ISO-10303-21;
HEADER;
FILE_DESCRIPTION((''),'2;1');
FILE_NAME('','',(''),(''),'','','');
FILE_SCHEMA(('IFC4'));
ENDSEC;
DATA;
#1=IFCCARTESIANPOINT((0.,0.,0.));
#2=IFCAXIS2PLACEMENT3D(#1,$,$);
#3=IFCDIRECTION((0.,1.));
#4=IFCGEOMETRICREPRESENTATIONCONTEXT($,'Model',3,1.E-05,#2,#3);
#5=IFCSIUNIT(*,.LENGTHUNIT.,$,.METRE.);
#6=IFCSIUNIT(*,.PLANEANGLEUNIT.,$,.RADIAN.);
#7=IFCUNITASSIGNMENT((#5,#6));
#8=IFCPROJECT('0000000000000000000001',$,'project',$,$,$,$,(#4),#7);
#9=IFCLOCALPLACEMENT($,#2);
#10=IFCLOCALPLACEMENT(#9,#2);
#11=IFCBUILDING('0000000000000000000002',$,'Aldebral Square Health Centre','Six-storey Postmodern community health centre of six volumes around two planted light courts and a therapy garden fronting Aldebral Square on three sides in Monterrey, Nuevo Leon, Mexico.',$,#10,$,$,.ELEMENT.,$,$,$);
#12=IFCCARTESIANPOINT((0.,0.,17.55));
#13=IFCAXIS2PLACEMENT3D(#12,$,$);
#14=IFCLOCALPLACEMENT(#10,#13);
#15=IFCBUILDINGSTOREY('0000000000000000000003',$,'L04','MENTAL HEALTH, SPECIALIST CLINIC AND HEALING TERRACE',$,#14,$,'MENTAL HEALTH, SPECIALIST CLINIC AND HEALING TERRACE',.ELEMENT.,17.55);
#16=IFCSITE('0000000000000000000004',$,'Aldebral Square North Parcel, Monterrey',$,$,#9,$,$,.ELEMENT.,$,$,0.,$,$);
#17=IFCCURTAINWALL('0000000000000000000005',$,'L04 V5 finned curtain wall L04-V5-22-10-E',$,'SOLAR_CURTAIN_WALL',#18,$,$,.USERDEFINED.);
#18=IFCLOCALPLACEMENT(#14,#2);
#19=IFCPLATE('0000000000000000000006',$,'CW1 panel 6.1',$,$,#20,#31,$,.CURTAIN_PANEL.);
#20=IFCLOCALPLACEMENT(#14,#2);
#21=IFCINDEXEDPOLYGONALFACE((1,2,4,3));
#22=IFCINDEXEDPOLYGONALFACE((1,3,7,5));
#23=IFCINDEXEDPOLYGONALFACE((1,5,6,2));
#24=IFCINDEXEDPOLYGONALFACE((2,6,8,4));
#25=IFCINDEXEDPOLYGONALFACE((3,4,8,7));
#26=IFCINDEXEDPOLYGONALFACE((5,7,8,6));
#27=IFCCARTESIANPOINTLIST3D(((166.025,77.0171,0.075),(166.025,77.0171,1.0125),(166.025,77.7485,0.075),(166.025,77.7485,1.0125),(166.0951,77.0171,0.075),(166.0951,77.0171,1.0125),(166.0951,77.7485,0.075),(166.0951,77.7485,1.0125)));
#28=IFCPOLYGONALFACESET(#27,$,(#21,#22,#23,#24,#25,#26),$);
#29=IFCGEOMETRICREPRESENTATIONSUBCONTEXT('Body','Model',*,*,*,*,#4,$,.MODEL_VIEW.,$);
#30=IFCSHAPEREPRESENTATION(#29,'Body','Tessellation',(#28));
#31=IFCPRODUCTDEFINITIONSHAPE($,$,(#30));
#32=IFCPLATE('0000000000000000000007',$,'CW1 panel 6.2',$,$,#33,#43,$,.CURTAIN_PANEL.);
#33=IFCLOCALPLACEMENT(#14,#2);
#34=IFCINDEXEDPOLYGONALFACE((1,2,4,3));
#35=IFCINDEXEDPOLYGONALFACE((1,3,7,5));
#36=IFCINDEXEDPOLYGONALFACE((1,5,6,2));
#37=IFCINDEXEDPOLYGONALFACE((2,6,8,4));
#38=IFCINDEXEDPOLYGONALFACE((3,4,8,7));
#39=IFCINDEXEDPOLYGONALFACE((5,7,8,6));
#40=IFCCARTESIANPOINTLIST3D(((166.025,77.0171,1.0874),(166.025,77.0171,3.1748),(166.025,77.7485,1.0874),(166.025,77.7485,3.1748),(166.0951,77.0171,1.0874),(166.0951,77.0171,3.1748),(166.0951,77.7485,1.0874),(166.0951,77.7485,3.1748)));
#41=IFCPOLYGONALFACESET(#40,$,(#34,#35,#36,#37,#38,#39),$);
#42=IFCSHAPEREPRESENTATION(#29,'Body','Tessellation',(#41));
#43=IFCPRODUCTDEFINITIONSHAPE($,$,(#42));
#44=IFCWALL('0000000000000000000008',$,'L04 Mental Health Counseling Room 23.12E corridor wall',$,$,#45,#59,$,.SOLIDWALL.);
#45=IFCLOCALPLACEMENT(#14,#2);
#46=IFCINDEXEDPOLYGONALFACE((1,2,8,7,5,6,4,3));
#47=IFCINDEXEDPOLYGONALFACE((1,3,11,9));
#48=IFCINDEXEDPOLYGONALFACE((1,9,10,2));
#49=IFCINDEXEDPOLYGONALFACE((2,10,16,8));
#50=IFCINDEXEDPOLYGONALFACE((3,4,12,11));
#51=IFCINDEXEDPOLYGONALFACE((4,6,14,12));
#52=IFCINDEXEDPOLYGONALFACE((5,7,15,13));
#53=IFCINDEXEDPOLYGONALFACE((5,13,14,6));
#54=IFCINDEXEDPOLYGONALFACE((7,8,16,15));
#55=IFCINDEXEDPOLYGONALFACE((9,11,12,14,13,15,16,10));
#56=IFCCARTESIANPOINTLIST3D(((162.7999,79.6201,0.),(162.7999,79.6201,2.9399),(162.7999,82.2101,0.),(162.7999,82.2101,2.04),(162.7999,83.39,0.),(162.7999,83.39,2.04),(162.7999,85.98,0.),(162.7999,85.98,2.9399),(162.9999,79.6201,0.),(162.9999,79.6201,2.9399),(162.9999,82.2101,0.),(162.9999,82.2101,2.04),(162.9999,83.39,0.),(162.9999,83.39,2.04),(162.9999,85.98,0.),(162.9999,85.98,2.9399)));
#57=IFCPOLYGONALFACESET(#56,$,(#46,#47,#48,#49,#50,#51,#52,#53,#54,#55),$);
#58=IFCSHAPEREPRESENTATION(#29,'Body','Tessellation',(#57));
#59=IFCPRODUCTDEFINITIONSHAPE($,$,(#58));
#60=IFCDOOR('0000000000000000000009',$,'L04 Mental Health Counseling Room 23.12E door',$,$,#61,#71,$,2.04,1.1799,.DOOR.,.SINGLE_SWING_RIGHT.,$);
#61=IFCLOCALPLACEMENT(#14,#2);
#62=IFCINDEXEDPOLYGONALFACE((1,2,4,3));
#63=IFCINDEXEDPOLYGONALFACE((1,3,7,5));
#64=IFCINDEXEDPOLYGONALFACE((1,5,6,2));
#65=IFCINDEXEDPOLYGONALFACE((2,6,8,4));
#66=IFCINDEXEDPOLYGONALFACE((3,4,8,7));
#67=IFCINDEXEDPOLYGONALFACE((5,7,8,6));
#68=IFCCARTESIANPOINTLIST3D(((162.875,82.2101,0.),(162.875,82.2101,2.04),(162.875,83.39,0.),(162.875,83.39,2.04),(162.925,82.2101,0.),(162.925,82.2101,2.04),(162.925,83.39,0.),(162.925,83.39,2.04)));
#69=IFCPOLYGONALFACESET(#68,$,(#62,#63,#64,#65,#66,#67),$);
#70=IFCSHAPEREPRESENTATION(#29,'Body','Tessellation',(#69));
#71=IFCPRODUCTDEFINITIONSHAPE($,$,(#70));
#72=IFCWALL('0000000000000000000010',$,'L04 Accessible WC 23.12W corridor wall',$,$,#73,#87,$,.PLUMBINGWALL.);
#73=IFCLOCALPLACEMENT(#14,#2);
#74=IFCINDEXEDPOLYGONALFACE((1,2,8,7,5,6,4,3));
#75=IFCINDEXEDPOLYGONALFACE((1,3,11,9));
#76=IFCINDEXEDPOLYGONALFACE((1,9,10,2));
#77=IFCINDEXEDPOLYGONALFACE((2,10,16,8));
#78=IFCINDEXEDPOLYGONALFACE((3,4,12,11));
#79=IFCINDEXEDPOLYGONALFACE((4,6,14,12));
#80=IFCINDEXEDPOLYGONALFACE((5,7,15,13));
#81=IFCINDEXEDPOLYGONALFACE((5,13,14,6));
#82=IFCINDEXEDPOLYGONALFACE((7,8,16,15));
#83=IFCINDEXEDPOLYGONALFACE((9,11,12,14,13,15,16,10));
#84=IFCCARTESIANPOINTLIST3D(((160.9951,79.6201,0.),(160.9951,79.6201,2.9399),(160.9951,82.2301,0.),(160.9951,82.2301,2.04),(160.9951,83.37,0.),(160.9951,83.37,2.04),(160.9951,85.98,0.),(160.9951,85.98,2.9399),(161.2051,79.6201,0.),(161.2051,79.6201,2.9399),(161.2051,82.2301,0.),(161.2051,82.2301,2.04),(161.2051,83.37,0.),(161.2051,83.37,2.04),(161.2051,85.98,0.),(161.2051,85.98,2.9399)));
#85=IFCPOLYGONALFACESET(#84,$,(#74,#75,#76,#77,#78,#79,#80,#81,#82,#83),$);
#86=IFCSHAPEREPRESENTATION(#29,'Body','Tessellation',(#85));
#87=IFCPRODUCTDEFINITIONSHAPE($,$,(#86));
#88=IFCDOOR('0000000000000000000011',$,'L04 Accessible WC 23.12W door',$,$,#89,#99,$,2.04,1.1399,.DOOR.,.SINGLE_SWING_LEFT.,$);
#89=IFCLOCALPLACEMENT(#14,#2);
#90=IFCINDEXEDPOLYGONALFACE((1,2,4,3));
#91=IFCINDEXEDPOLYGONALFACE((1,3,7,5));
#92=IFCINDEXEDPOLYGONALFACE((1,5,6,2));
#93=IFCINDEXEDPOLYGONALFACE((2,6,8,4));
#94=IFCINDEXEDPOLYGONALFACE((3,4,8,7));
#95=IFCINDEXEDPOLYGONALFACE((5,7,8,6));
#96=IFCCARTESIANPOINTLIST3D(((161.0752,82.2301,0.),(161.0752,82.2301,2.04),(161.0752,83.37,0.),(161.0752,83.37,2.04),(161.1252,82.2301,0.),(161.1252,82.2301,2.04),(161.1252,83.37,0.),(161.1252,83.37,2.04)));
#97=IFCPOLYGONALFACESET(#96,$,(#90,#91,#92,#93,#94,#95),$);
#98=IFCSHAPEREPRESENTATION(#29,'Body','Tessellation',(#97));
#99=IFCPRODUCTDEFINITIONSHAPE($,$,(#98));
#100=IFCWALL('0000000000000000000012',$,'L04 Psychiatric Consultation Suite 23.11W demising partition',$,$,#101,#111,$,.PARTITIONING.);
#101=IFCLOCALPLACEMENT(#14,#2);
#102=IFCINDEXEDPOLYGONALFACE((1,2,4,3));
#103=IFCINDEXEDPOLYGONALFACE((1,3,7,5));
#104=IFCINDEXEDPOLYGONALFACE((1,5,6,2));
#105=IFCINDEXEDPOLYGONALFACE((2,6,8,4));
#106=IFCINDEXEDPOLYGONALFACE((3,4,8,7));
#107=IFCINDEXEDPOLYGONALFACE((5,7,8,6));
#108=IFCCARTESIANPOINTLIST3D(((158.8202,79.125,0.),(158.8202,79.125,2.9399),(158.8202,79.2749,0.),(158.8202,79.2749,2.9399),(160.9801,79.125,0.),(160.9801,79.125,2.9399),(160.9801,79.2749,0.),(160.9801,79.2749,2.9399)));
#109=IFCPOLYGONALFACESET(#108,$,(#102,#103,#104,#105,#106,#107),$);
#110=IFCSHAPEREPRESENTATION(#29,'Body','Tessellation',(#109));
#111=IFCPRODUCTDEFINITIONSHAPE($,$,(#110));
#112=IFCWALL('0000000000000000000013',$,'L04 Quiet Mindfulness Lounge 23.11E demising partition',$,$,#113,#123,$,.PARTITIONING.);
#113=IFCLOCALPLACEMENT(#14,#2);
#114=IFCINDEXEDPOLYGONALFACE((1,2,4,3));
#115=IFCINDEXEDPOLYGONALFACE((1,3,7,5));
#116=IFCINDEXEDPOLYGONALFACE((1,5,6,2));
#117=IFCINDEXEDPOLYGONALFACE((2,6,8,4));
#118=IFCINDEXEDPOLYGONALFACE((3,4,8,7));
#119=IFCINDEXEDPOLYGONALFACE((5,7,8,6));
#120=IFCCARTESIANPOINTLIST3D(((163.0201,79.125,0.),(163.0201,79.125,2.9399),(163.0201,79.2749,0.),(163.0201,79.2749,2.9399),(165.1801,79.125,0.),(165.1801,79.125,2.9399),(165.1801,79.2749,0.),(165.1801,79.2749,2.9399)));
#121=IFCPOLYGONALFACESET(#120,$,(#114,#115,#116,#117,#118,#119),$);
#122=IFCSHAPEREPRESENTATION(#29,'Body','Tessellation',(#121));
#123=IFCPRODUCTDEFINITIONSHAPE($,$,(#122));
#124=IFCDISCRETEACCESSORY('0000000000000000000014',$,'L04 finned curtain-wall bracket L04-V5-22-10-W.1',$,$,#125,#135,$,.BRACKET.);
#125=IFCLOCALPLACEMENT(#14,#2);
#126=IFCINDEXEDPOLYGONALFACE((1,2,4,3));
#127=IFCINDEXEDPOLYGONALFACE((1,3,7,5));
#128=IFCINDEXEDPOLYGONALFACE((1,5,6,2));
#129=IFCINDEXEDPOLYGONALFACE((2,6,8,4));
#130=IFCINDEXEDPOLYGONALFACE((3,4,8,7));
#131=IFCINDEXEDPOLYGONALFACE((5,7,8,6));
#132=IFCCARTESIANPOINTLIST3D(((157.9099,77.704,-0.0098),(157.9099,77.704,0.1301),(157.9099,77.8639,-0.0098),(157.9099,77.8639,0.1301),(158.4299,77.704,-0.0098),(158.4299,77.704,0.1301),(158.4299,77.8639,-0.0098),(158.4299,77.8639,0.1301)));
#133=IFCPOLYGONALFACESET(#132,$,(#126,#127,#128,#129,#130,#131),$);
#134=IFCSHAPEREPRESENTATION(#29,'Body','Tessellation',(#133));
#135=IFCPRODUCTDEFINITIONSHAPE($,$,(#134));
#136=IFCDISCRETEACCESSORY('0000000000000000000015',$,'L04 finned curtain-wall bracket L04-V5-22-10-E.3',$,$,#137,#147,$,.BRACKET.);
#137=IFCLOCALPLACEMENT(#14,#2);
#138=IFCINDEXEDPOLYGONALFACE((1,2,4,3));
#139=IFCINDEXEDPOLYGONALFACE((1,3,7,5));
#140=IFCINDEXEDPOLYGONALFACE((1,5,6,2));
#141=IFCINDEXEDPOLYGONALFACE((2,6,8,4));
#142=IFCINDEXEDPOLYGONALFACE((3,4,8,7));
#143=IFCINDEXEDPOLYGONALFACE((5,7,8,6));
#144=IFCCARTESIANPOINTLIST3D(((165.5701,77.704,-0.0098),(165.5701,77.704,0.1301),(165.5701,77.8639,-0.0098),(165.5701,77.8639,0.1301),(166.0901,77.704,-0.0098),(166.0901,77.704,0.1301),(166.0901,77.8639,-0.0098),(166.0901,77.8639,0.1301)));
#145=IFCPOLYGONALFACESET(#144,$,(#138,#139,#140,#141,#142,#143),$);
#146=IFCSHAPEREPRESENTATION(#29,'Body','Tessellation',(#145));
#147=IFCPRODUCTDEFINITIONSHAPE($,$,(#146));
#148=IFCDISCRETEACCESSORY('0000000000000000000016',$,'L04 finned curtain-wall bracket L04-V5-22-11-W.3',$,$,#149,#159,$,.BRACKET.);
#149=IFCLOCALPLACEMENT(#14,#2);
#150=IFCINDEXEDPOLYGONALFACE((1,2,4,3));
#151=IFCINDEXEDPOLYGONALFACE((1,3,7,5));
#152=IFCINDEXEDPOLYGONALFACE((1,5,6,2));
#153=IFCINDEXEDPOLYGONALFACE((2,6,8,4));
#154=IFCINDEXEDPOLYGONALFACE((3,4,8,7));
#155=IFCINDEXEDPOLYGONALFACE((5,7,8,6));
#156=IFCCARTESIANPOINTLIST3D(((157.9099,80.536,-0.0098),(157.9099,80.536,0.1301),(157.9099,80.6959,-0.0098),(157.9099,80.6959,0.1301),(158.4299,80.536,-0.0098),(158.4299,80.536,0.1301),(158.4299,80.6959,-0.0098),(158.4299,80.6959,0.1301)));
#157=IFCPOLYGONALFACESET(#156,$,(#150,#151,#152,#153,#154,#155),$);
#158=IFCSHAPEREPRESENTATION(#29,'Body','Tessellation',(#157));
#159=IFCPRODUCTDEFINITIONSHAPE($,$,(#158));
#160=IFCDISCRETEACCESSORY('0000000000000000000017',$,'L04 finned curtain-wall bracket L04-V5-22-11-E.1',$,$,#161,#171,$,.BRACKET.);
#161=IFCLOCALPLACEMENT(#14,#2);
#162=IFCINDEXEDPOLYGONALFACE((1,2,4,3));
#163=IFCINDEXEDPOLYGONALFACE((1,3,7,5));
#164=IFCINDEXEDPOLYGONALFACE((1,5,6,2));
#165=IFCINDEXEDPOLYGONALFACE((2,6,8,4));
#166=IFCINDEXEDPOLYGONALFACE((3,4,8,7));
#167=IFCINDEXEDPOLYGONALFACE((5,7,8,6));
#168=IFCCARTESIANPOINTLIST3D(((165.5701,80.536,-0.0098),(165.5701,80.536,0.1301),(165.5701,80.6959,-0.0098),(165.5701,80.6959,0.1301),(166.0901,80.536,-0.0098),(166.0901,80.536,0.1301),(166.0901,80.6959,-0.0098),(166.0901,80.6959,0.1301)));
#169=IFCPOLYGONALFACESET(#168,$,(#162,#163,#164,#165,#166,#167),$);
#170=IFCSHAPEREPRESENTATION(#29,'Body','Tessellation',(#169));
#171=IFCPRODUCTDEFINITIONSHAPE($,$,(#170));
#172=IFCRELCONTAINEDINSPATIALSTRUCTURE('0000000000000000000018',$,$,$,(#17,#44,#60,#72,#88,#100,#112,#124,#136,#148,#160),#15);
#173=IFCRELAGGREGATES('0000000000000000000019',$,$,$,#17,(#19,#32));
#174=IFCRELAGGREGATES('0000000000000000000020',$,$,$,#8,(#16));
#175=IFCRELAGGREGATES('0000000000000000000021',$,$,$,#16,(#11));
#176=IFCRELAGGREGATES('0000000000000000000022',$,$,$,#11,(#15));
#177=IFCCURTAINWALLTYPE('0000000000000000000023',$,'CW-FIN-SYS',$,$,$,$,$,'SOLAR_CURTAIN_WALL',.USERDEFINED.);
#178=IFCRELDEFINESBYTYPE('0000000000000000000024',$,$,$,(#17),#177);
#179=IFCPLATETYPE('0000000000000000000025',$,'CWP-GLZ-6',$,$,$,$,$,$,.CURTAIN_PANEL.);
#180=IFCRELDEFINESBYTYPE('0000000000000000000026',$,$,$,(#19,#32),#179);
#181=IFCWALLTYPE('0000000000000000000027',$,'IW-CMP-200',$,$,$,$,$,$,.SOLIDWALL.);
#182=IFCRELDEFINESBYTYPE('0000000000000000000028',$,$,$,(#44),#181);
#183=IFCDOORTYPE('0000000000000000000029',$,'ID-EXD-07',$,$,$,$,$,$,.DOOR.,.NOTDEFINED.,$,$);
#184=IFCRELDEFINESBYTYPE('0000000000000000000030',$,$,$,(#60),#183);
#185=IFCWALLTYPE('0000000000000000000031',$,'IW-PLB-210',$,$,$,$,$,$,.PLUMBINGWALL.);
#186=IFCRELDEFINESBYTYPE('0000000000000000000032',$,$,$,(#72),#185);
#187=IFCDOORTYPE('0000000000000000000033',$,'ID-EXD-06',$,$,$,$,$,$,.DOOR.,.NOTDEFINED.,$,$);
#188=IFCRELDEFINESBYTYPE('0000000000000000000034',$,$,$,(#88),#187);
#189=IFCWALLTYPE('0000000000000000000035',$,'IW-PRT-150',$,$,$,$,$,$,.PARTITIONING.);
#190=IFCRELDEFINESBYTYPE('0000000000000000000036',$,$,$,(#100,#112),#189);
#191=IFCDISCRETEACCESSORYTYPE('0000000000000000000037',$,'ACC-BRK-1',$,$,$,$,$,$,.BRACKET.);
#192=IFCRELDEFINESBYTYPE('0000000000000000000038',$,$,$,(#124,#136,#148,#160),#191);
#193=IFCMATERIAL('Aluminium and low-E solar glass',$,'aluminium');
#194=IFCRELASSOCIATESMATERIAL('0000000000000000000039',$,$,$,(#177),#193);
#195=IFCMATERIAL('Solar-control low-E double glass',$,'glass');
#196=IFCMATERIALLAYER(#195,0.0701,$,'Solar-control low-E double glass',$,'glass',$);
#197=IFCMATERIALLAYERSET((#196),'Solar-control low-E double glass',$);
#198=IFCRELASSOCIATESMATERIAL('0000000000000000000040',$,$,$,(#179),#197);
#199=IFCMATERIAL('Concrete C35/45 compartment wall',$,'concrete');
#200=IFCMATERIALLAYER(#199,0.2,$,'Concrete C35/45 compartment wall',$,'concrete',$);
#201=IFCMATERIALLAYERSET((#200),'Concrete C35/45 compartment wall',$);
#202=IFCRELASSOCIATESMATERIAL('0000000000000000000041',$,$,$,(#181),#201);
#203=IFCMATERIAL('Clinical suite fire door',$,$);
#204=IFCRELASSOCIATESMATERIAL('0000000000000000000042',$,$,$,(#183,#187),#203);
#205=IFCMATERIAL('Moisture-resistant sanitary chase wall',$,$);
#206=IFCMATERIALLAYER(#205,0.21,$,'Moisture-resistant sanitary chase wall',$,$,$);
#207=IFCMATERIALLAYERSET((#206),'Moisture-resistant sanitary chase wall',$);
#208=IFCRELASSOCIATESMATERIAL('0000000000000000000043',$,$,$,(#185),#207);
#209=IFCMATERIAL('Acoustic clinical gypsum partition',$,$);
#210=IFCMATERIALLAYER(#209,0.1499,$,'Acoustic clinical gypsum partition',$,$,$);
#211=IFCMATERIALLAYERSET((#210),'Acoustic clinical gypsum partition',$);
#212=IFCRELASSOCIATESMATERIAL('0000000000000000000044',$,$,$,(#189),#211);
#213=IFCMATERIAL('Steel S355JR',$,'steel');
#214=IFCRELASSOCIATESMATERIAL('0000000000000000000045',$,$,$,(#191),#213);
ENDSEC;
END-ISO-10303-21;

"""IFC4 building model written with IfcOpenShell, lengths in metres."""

from ifc_helpers import new_model, si_unit, direction, frame, frame_2d, origin, origin_2d, place, context, subcontext, project, spatial, rectangle, extrude, material, layer, layer_set, type_object, element, fill, aggregate, save


model = new_model("IFC4")

# Units and contexts
model_context = context("Model", 3, precision=1e-05, world=origin(), true_north=direction((0.0, 1.0)))
body_context = subcontext(model_context, "Body", "Model", "MODEL_VIEW")
ifc_project = project(units=[si_unit("LENGTHUNIT", "METRE"), si_unit("PLANEANGLEUNIT", "RADIAN")], contexts=[model_context])

# Site, building, storey
site_placement = place(None, origin())
site = spatial("IfcSite", under=ifc_project, at=site_placement, Name="Aldebral Square North Parcel, Monterrey", CompositionType="ELEMENT", RefElevation=0.0)
building_placement = place(site_placement, origin())
building = spatial("IfcBuilding", under=site, at=building_placement, Name="Aldebral Square Health Centre", Description="Six-storey Postmodern community health centre of six volumes around two planted light courts and a therapy garden fronting Aldebral Square on three sides in Monterrey, Nuevo Leon, Mexico.", CompositionType="ELEMENT")
storey_placement = place(building_placement, frame((0.0, 0.0, 17.55)))
storey = spatial("IfcBuildingStorey", under=building, at=storey_placement, Name="L04", Description="MENTAL HEALTH, SPECIALIST CLINIC AND HEALING TERRACE", LongName="MENTAL HEALTH, SPECIALIST CLINIC AND HEALING TERRACE", CompositionType="ELEMENT", Elevation=17.55)

# Curtain wall, plates
ifc_material_1 = material(Name="Aluminium and low-E solar glass", Category="aluminium")
curtain_wall_type = type_object("IfcCurtainWallType", Name="CW-FIN-SYS", ElementType="SOLAR_CURTAIN_WALL", PredefinedType="USERDEFINED", material=ifc_material_1)
curtain_wall_placement = place(storey_placement, origin())
curtain_wall = element("IfcCurtainWall", 1, at=curtain_wall_placement, inside=storey, type_object=curtain_wall_type, Name="L04 V5 finned curtain wall L04-V5-22-10-E", ObjectType="SOLAR_CURTAIN_WALL", PredefinedType="USERDEFINED")
ifc_material_2 = material(Name="Solar-control low-E double glass", Category="glass")
ifc_layer_1 = layer(ifc_material_2, 0.0701, Name="Solar-control low-E double glass", Category="glass")
ifc_layer_set_1 = layer_set([ifc_layer_1], Name="Solar-control low-E double glass")
plate_type = type_object("IfcPlateType", Name="CWP-GLZ-6", PredefinedType="CURTAIN_PANEL", material=ifc_layer_set_1)
plate_1_placement = place(storey_placement, frame((166.0601, 77.3828, 0.075), z_axis=(0.0, 0.0, 1.0), x_axis=(0.0, 1.0, 0.0)))
plate_1 = element("IfcPlate", 2, at=plate_1_placement, type_object=plate_type, Name="CW1 panel 6.1", PredefinedType="CURTAIN_PANEL", context=body_context, shape_type="SweptSolid", body=[
    extrude(rectangle(XDim=0.7314, YDim=0.0701, at=origin_2d()), origin(), (0.0, 0.0, 1.0), 0.9375),
])
plate_2_placement = place(storey_placement, frame((166.0601, 77.3828, 1.0874), z_axis=(0.0, 0.0, 1.0), x_axis=(0.0, 1.0, 0.0)))
plate_2 = element("IfcPlate", 3, at=plate_2_placement, type_object=plate_type, Name="CW1 panel 6.2", PredefinedType="CURTAIN_PANEL", context=body_context, shape_type="SweptSolid", body=[
    extrude(rectangle(XDim=0.7314, YDim=0.0701, at=origin_2d()), origin(), (0.0, 0.0, 1.0), 2.0874),
])
aggregate(curtain_wall, [plate_1, plate_2])

# Walls, openings, doors
ifc_material_3 = material(Name="Concrete C35/45 compartment wall", Category="concrete")
ifc_layer_2 = layer(ifc_material_3, 0.2, Name="Concrete C35/45 compartment wall", Category="concrete")
ifc_layer_set_2 = layer_set([ifc_layer_2], Name="Concrete C35/45 compartment wall")
wall_type_1 = type_object("IfcWallType", Name="IW-CMP-200", PredefinedType="SOLIDWALL", material=ifc_layer_set_2)
wall_1_placement = place(storey_placement, frame((162.8999, 79.6201, 0.0), z_axis=(0.0, 0.0, 1.0), x_axis=(0.0, 1.0, 0.0)))
wall_1 = element("IfcWall", 4, at=wall_1_placement, inside=storey, type_object=wall_type_1, Name="L04 Mental Health Counseling Room 23.12E corridor wall", PredefinedType="SOLIDWALL", context=body_context, shape_type="SweptSolid", body=[
    extrude(rectangle(XDim=6.3599, YDim=0.2, at=frame_2d((3.1799, 0.0))), origin(), (0.0, 0.0, 1.0), 2.9399),
])
opening_1_placement = place(wall_1_placement, frame((2.5901, 0.0, 0.0)))
opening_1 = element("IfcOpeningElement", 5, at=opening_1_placement, cuts=wall_1, PredefinedType="OPENING", context=body_context, shape_type="SweptSolid", body=[
    extrude(rectangle(XDim=1.1799, YDim=2.04, at=frame_2d((0.5898, 1.02))), frame((0.0, 0.1099, 0.0), z_axis=(0.0, -1.0, 0.0), x_axis=(1.0, 0.0, 0.0)), (0.0, 0.0, 1.0), 0.22),
])
ifc_material_4 = material(Name="Clinical suite fire door")
door_type_1 = type_object("IfcDoorType", Name="ID-EXD-07", OperationType="NOTDEFINED", PredefinedType="DOOR", material=ifc_material_4)
door_1_placement = place(opening_1_placement, origin())
door_1 = element("IfcDoor", 6, at=door_1_placement, inside=storey, type_object=door_type_1, Name="L04 Mental Health Counseling Room 23.12E door", OperationType="SINGLE_SWING_RIGHT", OverallHeight=2.04, OverallWidth=1.1799, PredefinedType="DOOR", context=body_context, shape_type="SweptSolid", body=[
    extrude(rectangle(XDim=1.1799, YDim=2.04, at=frame_2d((0.5898, 1.02))), frame((0.0, 0.0249, 0.0), z_axis=(0.0, -1.0, 0.0), x_axis=(1.0, 0.0, 0.0)), (0.0, 0.0, 1.0), 0.05),
])
fill(opening_1, door_1)
ifc_material_5 = material(Name="Moisture-resistant sanitary chase wall")
ifc_layer_3 = layer(ifc_material_5, 0.21, Name="Moisture-resistant sanitary chase wall")
ifc_layer_set_3 = layer_set([ifc_layer_3], Name="Moisture-resistant sanitary chase wall")
wall_type_2 = type_object("IfcWallType", Name="IW-PLB-210", PredefinedType="PLUMBINGWALL", material=ifc_layer_set_3)
wall_2_placement = place(storey_placement, frame((161.1001, 79.6201, 0.0), z_axis=(0.0, 0.0, 1.0), x_axis=(0.0, 1.0, 0.0)))
wall_2 = element("IfcWall", 7, at=wall_2_placement, inside=storey, type_object=wall_type_2, Name="L04 Accessible WC 23.12W corridor wall", PredefinedType="PLUMBINGWALL", context=body_context, shape_type="SweptSolid", body=[
    extrude(rectangle(XDim=6.3599, YDim=0.21, at=frame_2d((3.1799, 0.0))), origin(), (0.0, 0.0, 1.0), 2.9399),
])
opening_2_placement = place(wall_2_placement, frame((2.6101, 0.0, 0.0)))
opening_2 = element("IfcOpeningElement", 8, at=opening_2_placement, cuts=wall_2, PredefinedType="OPENING", context=body_context, shape_type="SweptSolid", body=[
    extrude(rectangle(XDim=1.1399, YDim=2.04, at=frame_2d((0.5698, 1.02))), frame((0.0, 0.115, 0.0), z_axis=(0.0, -1.0, 0.0), x_axis=(1.0, 0.0, 0.0)), (0.0, 0.0, 1.0), 0.23),
])
door_type_2 = type_object("IfcDoorType", Name="ID-EXD-06", OperationType="NOTDEFINED", PredefinedType="DOOR", material=ifc_material_4)
door_2_placement = place(opening_2_placement, origin())
door_2 = element("IfcDoor", 9, at=door_2_placement, inside=storey, type_object=door_type_2, Name="L04 Accessible WC 23.12W door", OperationType="SINGLE_SWING_LEFT", OverallHeight=2.04, OverallWidth=1.1399, PredefinedType="DOOR", context=body_context, shape_type="SweptSolid", body=[
    extrude(rectangle(XDim=1.1399, YDim=2.04, at=frame_2d((0.5698, 1.02))), frame((0.0, 0.0249, 0.0), z_axis=(0.0, -1.0, 0.0), x_axis=(1.0, 0.0, 0.0)), (0.0, 0.0, 1.0), 0.05),
])
fill(opening_2, door_2)

# Walls
ifc_material_6 = material(Name="Acoustic clinical gypsum partition")
ifc_layer_4 = layer(ifc_material_6, 0.1499, Name="Acoustic clinical gypsum partition")
ifc_layer_set_4 = layer_set([ifc_layer_4], Name="Acoustic clinical gypsum partition")
wall_type_3 = type_object("IfcWallType", Name="IW-PRT-150", PredefinedType="PARTITIONING", material=ifc_layer_set_4)
for number, where, z_axis, x_axis, name in (
    (10, (158.8201, 79.2, 0.0), (0.0, 0.0, 1.0), (1.0, 0.0, 0.0), "L04 Psychiatric Consultation Suite 23.11W demising partition"),
    (11, (163.02, 79.2, 0.0), (0.0, 0.0, 1.0), (1.0, 0.0, 0.0), "L04 Quiet Mindfulness Lounge 23.11E demising partition"),
):
    element("IfcWall", number, at=place(storey_placement, frame(where, z_axis=z_axis, x_axis=x_axis)), inside=storey, type_object=wall_type_3, Name=name, PredefinedType="PARTITIONING", context=body_context, shape_type="SweptSolid", body=[
        extrude(rectangle(XDim=2.1599, YDim=0.1499, at=frame_2d((1.0801, 0.0))), origin(), (0.0, 0.0, 1.0), 2.9399),
    ])

# Discrete accessories
ifc_material_7 = material(Name="Steel S355JR", Category="steel")
discrete_accessory_type = type_object("IfcDiscreteAccessoryType", Name="ACC-BRK-1", PredefinedType="BRACKET", material=ifc_material_7)
for number, where, z_axis, x_axis, name in (
    (12, (158.1699, 77.7839, -0.0098), (0.0, 0.0, 1.0), (0.0, 1.0, 0.0), "L04 finned curtain-wall bracket L04-V5-22-10-W.1"),
    (13, (165.8301, 77.7839, -0.0098), (0.0, 0.0, 1.0), (0.0, 1.0, 0.0), "L04 finned curtain-wall bracket L04-V5-22-10-E.3"),
    (14, (158.1699, 80.616, -0.0098), (0.0, 0.0, 1.0), (0.0, 1.0, 0.0), "L04 finned curtain-wall bracket L04-V5-22-11-W.3"),
    (15, (165.8301, 80.616, -0.0098), (0.0, 0.0, 1.0), (0.0, 1.0, 0.0), "L04 finned curtain-wall bracket L04-V5-22-11-E.1"),
):
    element("IfcDiscreteAccessory", number, at=place(storey_placement, frame(where, z_axis=z_axis, x_axis=x_axis)), inside=storey, type_object=discrete_accessory_type, Name=name, PredefinedType="BRACKET", context=body_context, shape_type="SweptSolid", body=[
        extrude(rectangle(XDim=0.1599, YDim=0.52, at=origin_2d()), origin(), (0.0, 0.0, 1.0), 0.1399),
    ])

save(model, "model.ifc")
